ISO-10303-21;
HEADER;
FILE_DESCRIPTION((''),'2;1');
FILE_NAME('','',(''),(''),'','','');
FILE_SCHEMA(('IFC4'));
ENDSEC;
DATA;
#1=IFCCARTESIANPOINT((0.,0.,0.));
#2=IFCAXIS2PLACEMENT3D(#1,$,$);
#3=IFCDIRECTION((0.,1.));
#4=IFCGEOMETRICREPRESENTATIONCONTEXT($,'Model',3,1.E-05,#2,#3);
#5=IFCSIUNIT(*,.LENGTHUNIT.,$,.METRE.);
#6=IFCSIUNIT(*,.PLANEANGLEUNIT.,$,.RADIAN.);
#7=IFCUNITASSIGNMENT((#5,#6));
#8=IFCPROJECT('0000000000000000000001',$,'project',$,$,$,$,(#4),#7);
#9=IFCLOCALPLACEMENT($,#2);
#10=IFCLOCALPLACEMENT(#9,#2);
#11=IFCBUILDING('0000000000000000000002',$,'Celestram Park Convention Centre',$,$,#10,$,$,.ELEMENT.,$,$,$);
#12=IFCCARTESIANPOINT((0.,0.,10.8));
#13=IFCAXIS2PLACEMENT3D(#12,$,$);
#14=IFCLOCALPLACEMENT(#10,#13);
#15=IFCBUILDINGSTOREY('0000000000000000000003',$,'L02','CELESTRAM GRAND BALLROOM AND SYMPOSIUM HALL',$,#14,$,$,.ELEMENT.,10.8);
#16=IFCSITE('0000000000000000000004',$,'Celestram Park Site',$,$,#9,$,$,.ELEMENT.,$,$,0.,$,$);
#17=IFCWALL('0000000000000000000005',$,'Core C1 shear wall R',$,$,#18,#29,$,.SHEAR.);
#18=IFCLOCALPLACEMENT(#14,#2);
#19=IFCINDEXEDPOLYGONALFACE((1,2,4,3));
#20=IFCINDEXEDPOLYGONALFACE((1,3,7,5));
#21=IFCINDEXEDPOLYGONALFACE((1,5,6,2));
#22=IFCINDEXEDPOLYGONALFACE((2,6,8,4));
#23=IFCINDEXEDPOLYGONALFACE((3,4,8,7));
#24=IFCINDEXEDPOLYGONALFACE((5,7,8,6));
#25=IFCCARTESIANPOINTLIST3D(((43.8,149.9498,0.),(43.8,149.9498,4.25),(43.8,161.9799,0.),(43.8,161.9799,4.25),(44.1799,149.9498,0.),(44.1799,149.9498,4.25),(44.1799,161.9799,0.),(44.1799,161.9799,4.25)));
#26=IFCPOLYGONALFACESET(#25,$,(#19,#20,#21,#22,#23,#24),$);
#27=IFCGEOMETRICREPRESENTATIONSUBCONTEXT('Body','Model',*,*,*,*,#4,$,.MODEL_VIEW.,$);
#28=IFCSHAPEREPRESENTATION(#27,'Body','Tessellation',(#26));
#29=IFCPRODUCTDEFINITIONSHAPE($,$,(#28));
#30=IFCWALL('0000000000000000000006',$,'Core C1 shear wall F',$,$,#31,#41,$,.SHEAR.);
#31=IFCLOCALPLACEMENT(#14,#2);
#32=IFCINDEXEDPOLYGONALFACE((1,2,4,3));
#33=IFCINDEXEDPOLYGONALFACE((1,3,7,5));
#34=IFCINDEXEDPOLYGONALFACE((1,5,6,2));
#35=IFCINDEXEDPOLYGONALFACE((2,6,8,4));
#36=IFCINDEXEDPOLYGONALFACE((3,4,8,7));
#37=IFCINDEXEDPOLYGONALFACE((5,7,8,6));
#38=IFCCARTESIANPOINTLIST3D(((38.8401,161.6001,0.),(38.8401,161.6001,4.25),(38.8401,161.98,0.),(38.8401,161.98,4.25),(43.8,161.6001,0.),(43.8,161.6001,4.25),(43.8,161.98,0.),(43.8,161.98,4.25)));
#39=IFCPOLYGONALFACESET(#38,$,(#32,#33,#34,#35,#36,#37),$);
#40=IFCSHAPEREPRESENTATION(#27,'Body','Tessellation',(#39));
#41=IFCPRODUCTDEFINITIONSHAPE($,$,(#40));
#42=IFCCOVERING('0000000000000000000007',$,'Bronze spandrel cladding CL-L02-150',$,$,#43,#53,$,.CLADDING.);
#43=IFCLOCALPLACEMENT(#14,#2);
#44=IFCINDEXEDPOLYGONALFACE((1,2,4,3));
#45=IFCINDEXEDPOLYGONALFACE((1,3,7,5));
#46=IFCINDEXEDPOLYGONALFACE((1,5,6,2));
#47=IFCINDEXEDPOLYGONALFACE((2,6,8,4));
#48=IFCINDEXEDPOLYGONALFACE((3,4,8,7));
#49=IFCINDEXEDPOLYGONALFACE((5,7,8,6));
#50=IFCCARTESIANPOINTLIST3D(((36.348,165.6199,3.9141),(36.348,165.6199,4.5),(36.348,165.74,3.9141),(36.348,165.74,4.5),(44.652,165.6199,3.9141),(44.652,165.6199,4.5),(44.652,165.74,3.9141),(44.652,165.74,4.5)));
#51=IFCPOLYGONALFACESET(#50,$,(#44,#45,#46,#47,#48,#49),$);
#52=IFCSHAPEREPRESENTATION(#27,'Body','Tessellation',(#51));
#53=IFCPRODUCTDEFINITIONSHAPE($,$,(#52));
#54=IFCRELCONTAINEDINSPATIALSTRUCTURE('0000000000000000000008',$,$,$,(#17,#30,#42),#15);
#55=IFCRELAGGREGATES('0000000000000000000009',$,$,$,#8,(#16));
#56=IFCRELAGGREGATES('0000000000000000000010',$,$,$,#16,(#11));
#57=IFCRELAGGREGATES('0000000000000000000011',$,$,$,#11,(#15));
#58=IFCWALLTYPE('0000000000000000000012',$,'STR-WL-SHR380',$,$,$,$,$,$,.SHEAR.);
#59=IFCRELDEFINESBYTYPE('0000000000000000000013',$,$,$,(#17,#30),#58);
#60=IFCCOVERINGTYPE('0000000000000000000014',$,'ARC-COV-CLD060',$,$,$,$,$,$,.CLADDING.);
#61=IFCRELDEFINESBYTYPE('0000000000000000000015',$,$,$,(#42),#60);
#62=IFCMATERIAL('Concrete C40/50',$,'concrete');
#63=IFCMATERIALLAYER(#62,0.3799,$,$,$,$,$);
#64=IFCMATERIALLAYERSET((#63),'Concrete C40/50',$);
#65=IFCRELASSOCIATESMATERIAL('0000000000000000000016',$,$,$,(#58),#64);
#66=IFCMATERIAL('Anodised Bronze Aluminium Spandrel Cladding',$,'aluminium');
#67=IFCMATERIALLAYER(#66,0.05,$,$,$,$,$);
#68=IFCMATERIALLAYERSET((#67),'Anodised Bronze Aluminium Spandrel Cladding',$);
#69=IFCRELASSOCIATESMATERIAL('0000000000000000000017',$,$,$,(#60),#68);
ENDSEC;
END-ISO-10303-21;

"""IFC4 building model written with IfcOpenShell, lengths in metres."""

from ifc_helpers import new_model, si_unit, direction, frame, frame_2d, origin, origin_2d, place, context, subcontext, project, spatial, rectangle, extrude, material, layer, layer_set, type_object, element, save


model = new_model("IFC4")

# Units and contexts
model_context = context("Model", 3, precision=1e-05, world=origin(), true_north=direction((0.0, 1.0)))
body_context = subcontext(model_context, "Body", "Model", "MODEL_VIEW")
ifc_project = project(units=[si_unit("LENGTHUNIT", "METRE"), si_unit("PLANEANGLEUNIT", "RADIAN")], contexts=[model_context])

# Site, building, storey
site_placement = place(None, origin())
site = spatial("IfcSite", under=ifc_project, at=site_placement, Name="Celestram Park Site", CompositionType="ELEMENT", RefElevation=0.0)
building_placement = place(site_placement, origin())
building = spatial("IfcBuilding", under=site, at=building_placement, Name="Celestram Park Convention Centre", CompositionType="ELEMENT")
storey_placement = place(building_placement, frame((0.0, 0.0, 10.8)))
storey = spatial("IfcBuildingStorey", under=building, at=storey_placement, Name="L02", Description="CELESTRAM GRAND BALLROOM AND SYMPOSIUM HALL", CompositionType="ELEMENT", Elevation=10.8)

# Shared definitions
ifc_material_1 = material(Name="Concrete C40/50", Category="concrete")

# Walls
ifc_layer_1 = layer(ifc_material_1, 0.3799)
ifc_layer_set_1 = layer_set([ifc_layer_1], Name="Concrete C40/50")
wall_type = type_object("IfcWallType", Name="STR-WL-SHR380", PredefinedType="SHEAR", material=ifc_layer_set_1)
wall_1_placement = place(storey_placement, frame((43.99, 161.98, 0.0), z_axis=(0.0, 0.0, 1.0), x_axis=(0.0, -1.0, 0.0)))
element("IfcWall", 1, at=wall_1_placement, inside=storey, type_object=wall_type, Name="Core C1 shear wall R", PredefinedType="SHEAR", context=body_context, shape_type="SweptSolid", body=[
    extrude(rectangle(XDim=12.03, YDim=0.3799, at=frame_2d((6.0151, 0.0))), origin(), (0.0, 0.0, 1.0), 4.25),
])
wall_2_placement = place(storey_placement, frame((38.8401, 161.79, 0.0), z_axis=(0.0, 0.0, 1.0), x_axis=(1.0, 0.0, 0.0)))
element("IfcWall", 2, at=wall_2_placement, inside=storey, type_object=wall_type, Name="Core C1 shear wall F", PredefinedType="SHEAR", context=body_context, shape_type="SweptSolid", body=[
    extrude(rectangle(XDim=4.96, YDim=0.3799, at=frame_2d((2.48, 0.0))), origin(), (0.0, 0.0, 1.0), 4.25),
])

# Covering
ifc_material_2 = material(Name="Anodised Bronze Aluminium Spandrel Cladding", Category="aluminium")
ifc_layer_2 = layer(ifc_material_2, 0.05)
ifc_layer_set_2 = layer_set([ifc_layer_2], Name="Anodised Bronze Aluminium Spandrel Cladding")
covering_type = type_object("IfcCoveringType", Name="ARC-COV-CLD060", PredefinedType="CLADDING", material=ifc_layer_set_2)
covering_placement = place(storey_placement, frame((40.5, 165.6799, 3.9141), z_axis=(0.0, 0.0, 1.0), x_axis=(1.0, 0.0, 0.0)))
element("IfcCovering", 3, at=covering_placement, inside=storey, type_object=covering_type, Name="Bronze spandrel cladding CL-L02-150", PredefinedType="CLADDING", context=body_context, shape_type="SweptSolid", body=[
    extrude(rectangle(XDim=8.304, YDim=0.1201, at=origin_2d()), origin(), (0.0, 0.0, 1.0), 0.5859),
])

save(model, "model.ifc")
